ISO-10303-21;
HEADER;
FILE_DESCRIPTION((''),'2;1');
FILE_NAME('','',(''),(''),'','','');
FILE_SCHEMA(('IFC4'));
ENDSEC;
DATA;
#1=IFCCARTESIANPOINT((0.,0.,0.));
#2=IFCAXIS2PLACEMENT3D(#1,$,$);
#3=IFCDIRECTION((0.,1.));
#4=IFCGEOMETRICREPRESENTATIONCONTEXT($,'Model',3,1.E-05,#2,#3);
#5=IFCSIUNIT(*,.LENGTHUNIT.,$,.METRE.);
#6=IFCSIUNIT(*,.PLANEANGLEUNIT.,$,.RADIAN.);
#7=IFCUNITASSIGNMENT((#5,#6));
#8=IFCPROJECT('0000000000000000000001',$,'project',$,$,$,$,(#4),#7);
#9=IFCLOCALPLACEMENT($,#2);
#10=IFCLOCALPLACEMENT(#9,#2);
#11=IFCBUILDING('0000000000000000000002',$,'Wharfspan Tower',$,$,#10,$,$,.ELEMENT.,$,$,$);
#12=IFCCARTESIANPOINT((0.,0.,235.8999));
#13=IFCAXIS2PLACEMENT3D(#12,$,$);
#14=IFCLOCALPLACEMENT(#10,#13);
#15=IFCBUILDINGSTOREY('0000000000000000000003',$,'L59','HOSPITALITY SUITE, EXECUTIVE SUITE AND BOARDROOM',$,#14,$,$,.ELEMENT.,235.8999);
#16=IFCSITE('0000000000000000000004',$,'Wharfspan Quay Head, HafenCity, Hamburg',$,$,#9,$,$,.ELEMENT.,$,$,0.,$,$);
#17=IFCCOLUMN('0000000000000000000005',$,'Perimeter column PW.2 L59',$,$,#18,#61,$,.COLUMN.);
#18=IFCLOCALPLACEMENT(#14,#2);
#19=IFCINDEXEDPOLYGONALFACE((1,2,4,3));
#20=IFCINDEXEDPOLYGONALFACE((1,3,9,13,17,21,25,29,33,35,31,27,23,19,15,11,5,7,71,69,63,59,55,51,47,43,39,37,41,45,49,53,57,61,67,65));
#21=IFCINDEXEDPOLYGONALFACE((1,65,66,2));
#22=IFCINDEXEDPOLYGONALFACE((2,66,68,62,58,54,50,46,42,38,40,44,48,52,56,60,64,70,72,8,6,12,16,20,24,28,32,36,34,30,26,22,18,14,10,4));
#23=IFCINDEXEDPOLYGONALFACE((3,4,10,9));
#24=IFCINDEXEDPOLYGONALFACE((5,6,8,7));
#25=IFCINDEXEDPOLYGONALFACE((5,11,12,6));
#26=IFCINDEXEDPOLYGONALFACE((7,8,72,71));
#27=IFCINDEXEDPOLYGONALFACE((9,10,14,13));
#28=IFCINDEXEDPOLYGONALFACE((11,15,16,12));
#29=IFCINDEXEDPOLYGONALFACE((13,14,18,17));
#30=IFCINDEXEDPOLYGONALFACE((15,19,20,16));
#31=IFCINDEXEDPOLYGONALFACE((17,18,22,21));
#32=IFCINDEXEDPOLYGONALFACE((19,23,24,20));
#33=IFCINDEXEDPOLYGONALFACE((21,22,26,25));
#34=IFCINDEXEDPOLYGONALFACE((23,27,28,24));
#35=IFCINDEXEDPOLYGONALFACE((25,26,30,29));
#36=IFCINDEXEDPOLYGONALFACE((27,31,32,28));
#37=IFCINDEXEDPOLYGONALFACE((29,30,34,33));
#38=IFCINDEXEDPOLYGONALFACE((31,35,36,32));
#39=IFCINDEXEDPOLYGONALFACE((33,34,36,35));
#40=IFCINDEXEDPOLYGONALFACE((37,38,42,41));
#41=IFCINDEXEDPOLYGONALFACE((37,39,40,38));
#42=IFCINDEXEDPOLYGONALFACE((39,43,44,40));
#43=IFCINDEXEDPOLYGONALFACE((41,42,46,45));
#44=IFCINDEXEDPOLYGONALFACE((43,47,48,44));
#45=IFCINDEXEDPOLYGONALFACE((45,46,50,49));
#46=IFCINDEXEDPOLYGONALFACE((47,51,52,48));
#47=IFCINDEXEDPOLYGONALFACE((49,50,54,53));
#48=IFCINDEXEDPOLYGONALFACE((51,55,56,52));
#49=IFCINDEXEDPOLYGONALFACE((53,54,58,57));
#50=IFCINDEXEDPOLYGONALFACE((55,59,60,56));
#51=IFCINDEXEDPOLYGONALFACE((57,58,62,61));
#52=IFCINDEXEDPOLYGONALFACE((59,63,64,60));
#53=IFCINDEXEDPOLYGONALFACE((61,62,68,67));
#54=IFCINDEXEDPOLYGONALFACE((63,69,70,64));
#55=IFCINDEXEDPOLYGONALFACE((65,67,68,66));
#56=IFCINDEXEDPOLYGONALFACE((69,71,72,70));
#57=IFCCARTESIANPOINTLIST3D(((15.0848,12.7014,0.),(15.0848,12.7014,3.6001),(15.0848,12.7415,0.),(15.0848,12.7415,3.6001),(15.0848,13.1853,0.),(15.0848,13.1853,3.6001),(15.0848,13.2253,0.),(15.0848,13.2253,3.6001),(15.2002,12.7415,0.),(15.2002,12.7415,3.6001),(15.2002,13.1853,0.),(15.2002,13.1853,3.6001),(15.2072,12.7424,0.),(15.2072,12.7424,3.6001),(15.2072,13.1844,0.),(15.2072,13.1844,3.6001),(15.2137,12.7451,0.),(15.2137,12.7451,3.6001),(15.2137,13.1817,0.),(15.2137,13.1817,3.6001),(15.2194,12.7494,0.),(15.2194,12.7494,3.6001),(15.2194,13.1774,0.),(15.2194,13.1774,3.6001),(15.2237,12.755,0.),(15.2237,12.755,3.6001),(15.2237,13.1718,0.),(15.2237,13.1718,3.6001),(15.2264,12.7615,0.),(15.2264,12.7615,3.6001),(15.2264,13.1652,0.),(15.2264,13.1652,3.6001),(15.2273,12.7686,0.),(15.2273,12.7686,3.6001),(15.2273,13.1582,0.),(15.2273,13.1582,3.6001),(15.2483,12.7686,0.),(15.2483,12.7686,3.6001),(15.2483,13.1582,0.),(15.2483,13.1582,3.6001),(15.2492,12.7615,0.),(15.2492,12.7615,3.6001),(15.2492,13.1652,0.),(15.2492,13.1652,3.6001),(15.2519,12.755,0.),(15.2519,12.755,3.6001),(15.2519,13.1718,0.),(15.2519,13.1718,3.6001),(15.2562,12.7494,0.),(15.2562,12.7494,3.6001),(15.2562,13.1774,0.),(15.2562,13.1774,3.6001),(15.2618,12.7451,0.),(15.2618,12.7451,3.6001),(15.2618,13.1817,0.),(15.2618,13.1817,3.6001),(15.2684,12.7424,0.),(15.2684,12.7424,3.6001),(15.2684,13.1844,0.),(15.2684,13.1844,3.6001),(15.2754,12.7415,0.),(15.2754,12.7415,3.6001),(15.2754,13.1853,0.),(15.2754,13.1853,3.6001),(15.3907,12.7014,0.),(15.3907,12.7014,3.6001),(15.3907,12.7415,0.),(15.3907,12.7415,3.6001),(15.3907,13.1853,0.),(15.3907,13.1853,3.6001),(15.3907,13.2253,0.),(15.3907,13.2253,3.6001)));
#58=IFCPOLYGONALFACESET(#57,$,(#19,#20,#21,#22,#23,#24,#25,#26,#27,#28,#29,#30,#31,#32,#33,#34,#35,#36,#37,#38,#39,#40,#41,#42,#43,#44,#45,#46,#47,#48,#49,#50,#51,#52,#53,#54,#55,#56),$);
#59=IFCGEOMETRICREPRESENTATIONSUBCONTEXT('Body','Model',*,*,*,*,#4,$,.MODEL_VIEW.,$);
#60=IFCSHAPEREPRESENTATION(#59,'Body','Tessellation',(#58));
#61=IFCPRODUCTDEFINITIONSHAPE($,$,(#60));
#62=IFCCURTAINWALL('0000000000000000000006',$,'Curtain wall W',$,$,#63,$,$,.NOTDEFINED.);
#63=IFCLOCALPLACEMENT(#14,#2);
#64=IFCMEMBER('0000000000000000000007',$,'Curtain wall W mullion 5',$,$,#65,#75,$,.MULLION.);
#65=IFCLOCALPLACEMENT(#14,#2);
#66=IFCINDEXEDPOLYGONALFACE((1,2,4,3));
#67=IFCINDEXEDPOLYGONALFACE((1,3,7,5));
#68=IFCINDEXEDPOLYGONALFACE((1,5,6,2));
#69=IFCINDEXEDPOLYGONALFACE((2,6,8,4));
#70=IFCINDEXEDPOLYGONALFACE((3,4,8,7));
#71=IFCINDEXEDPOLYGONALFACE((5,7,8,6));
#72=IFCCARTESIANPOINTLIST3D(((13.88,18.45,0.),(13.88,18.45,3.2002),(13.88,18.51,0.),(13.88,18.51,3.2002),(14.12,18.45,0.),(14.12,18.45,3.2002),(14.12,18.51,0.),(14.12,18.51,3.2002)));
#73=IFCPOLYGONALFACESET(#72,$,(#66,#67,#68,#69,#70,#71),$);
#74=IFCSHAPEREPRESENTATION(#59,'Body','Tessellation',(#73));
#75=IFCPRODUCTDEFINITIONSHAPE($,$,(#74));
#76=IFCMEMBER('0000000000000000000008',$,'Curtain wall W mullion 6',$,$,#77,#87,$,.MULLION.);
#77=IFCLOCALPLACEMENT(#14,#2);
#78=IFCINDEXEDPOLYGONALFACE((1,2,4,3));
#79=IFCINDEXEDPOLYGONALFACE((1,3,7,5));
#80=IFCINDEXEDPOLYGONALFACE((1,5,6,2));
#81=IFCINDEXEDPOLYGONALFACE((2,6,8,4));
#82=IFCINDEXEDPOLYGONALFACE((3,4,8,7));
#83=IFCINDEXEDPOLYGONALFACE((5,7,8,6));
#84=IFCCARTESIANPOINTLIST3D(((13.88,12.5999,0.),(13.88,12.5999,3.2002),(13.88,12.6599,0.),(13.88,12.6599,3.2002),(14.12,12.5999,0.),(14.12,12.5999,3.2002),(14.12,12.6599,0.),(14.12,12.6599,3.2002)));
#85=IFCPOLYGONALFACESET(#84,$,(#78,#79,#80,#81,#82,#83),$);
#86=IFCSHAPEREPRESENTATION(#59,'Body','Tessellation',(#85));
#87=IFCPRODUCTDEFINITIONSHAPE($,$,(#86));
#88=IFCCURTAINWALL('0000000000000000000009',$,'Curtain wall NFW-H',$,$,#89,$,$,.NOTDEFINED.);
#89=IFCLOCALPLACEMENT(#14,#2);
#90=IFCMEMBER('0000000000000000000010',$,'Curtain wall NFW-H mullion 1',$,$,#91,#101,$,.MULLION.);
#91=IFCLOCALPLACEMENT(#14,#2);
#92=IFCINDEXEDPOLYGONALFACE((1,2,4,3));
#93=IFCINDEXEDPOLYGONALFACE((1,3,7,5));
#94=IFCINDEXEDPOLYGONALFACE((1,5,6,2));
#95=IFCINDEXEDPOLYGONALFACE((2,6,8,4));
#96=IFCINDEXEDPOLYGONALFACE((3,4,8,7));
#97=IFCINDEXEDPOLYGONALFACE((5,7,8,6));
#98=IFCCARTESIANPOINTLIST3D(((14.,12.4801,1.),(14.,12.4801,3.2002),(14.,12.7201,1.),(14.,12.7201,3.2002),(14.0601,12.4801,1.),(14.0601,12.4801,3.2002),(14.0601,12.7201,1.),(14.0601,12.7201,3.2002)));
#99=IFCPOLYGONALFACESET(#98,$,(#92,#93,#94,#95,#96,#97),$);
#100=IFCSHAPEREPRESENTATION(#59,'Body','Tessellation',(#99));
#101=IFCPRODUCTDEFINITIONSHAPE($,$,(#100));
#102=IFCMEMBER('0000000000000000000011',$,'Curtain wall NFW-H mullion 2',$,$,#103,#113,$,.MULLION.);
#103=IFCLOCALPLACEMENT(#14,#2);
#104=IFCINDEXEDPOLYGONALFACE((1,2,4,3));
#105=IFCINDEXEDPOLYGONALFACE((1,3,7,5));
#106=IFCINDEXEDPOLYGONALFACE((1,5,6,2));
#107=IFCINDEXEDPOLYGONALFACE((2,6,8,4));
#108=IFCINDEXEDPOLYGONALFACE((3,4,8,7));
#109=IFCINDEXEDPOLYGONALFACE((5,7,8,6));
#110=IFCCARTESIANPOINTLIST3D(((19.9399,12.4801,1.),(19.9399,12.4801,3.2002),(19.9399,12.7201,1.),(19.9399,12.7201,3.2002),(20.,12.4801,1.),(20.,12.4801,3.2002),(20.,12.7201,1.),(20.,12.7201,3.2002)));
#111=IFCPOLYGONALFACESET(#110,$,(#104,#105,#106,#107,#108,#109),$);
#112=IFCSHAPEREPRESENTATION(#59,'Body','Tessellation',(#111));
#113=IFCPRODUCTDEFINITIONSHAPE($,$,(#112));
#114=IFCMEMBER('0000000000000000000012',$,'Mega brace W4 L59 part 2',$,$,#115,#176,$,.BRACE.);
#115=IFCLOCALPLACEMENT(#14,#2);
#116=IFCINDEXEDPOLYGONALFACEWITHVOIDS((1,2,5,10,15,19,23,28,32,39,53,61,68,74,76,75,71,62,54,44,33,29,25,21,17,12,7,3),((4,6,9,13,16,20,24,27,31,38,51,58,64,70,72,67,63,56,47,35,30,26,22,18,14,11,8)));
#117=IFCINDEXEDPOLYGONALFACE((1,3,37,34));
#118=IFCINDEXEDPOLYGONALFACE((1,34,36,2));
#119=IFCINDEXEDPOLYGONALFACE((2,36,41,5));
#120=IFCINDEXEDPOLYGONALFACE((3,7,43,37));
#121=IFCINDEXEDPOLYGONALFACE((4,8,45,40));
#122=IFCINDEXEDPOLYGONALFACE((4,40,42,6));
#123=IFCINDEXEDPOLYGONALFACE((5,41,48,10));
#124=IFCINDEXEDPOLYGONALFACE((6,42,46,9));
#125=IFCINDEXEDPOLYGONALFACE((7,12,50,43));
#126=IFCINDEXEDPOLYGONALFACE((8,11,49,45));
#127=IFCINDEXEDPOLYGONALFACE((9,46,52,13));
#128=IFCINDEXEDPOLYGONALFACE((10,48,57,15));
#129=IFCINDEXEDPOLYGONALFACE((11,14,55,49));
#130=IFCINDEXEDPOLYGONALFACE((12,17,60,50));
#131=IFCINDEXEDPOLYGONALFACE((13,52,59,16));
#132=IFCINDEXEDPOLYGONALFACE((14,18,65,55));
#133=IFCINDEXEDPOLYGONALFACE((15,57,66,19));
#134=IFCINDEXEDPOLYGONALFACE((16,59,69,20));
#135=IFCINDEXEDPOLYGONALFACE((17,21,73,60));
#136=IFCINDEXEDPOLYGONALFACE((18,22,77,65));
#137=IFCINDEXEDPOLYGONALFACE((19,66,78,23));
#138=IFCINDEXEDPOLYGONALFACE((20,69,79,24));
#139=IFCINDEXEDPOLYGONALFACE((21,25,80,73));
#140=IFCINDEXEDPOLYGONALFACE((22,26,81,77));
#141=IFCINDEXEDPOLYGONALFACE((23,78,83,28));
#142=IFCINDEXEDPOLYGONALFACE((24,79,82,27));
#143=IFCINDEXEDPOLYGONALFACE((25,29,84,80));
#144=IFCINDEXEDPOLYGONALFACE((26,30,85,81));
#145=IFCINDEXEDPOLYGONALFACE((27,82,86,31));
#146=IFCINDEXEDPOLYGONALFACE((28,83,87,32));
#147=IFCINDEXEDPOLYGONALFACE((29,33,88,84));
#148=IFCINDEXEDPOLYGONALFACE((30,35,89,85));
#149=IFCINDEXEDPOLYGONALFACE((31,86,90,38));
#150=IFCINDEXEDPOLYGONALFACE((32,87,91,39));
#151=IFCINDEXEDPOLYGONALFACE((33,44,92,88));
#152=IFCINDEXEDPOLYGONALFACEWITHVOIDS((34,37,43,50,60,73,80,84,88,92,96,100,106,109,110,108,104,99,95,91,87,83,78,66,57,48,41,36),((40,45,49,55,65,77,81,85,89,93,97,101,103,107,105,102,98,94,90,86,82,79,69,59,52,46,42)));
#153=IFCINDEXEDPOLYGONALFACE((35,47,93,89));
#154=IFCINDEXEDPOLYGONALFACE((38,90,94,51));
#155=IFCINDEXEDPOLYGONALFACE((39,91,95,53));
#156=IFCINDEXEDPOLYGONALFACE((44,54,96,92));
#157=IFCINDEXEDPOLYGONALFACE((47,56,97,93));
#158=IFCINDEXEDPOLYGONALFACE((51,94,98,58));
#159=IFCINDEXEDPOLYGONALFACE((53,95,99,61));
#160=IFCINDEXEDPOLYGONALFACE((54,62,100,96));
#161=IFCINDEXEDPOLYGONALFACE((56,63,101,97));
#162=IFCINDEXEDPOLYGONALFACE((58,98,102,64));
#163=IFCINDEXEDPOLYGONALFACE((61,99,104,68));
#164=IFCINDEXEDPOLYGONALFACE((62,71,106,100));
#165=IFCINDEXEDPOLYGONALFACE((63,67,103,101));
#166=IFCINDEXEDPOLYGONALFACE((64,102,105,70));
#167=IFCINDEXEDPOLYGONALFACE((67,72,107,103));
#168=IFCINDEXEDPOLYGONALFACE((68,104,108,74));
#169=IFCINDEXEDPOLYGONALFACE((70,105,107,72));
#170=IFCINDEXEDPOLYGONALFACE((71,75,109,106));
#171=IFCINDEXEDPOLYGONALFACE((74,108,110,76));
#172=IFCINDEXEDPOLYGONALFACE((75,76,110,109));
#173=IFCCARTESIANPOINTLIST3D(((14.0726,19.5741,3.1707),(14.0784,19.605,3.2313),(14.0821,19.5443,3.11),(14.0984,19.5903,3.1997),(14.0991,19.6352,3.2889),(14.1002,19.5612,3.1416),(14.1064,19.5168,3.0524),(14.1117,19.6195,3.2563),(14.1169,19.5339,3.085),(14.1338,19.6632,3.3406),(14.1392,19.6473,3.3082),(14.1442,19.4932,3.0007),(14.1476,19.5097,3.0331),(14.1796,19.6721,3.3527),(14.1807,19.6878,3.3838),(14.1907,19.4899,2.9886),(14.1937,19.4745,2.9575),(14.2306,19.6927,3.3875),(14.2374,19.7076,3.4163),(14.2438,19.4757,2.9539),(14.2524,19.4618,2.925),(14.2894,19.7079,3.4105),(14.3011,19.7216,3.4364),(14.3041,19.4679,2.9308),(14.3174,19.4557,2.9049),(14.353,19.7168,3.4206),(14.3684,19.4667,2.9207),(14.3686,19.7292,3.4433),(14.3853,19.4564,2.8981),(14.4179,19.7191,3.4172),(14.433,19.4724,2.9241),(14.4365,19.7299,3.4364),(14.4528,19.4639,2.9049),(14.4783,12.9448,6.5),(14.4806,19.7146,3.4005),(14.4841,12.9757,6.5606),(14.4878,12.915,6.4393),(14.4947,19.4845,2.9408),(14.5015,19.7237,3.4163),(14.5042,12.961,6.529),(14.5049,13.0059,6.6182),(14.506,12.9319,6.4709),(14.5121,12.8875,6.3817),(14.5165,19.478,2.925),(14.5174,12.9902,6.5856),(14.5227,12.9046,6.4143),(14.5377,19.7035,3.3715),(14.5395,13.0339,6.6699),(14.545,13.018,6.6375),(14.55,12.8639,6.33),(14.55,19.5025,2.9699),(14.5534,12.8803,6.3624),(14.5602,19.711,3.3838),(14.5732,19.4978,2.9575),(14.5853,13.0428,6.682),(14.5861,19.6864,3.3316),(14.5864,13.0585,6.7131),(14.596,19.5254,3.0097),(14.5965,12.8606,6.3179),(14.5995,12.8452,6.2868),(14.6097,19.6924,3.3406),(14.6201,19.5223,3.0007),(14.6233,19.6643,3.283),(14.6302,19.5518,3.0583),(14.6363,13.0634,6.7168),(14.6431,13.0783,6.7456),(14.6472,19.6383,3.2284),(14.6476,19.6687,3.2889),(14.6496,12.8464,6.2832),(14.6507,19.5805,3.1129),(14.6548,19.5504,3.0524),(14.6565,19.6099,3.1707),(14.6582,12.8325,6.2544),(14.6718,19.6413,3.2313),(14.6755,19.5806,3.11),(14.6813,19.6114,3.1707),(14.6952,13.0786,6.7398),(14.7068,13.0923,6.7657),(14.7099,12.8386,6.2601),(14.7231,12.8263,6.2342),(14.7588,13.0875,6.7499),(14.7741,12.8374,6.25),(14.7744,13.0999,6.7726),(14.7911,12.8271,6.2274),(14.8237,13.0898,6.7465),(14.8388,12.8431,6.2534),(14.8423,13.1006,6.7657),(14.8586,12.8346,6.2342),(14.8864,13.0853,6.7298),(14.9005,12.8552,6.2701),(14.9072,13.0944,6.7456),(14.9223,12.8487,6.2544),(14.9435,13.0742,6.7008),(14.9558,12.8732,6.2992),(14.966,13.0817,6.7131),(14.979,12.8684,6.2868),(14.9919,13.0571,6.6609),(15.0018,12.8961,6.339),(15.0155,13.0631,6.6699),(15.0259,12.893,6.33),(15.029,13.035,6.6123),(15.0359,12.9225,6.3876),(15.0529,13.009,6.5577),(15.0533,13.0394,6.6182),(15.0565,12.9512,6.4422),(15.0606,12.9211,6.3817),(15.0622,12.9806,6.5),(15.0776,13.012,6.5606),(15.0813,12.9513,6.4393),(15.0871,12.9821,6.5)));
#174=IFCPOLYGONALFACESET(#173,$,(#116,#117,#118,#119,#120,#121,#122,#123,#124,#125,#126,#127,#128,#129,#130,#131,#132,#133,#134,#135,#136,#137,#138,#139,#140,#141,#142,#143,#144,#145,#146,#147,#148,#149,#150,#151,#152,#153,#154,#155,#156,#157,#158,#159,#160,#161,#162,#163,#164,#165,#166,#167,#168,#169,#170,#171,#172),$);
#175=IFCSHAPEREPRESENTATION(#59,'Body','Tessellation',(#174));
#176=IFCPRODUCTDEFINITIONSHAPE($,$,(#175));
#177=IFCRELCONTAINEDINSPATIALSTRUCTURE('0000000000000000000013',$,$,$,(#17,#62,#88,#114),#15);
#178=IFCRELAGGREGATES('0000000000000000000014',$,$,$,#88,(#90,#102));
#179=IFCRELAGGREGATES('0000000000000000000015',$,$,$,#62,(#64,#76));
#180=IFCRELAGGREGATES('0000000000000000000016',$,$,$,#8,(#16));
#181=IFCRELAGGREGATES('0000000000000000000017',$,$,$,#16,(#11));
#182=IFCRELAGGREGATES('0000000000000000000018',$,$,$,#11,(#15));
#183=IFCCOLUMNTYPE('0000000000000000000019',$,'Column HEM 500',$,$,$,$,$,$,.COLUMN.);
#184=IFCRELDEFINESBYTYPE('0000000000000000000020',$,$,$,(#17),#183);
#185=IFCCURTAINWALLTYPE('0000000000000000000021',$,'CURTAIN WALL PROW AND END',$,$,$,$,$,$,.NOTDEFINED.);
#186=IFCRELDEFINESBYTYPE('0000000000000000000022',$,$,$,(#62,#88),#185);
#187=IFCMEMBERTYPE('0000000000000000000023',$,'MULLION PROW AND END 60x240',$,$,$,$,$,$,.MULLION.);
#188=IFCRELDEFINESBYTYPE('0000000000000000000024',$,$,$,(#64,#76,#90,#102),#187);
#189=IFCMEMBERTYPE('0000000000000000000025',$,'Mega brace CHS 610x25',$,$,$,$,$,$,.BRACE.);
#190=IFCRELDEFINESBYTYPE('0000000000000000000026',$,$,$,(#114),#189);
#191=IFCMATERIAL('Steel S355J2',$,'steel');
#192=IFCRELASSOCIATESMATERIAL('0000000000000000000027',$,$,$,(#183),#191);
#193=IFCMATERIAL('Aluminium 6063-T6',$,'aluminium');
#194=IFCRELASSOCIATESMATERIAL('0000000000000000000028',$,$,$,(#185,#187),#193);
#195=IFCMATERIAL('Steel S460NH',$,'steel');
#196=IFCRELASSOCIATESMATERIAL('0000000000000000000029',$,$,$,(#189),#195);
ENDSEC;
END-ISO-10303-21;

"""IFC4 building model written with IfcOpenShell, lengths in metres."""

from ifc_helpers import new_model, si_unit, direction, frame, origin, origin_2d, place, context, subcontext, project, spatial, rectangle, hollow_circle, i_section, extrude, material, material_profile, profile_set, type_object, element, aggregate, save


model = new_model("IFC4")

# Units and contexts
model_context = context("Model", 3, precision=1e-05, world=origin(), true_north=direction((0.0, 1.0)))
body_context = subcontext(model_context, "Body", "Model", "MODEL_VIEW")
ifc_project = project(units=[si_unit("LENGTHUNIT", "METRE"), si_unit("PLANEANGLEUNIT", "RADIAN")], contexts=[model_context])

# Site, building, storey
site_placement = place(None, origin())
site = spatial("IfcSite", under=ifc_project, at=site_placement, Name="Wharfspan Quay Head, HafenCity, Hamburg", CompositionType="ELEMENT", RefElevation=0.0)
building_placement = place(site_placement, origin())
building = spatial("IfcBuilding", under=site, at=building_placement, Name="Wharfspan Tower", CompositionType="ELEMENT")
storey_placement = place(building_placement, frame((0.0, 0.0, 235.8999)))
storey = spatial("IfcBuildingStorey", under=building, at=storey_placement, Name="L59", Description="HOSPITALITY SUITE, EXECUTIVE SUITE AND BOARDROOM", CompositionType="ELEMENT", Elevation=235.8999)

# Column
ifc_material_1 = material(Name="Steel S355J2", Category="steel")
ifc_material_profile_1 = material_profile(ifc_material_1, i_section(OverallWidth=0.3059, OverallDepth=0.5239, WebThickness=0.021, FlangeThickness=0.04, FilletRadius=0.0271, at=origin_2d()))
ifc_profile_set_1 = profile_set([ifc_material_profile_1], Name="Steel S355J2")
column_type = type_object("IfcColumnType", Name="Column HEM 500", PredefinedType="COLUMN", material=ifc_profile_set_1)
column_placement = place(storey_placement, frame((15.2378, 12.9634, 0.0), z_axis=(0.0, 0.0, 1.0), x_axis=(-1.0, 0.0, 0.0)))
element("IfcColumn", 1, at=column_placement, inside=storey, type_object=column_type, Name="Perimeter column PW.2 L59", PredefinedType="COLUMN", context=body_context, shape_type="SweptSolid", body=[
    extrude(i_section(OverallWidth=0.3059, OverallDepth=0.5239, WebThickness=0.021, FlangeThickness=0.04, FilletRadius=0.0271, at=origin_2d()), origin(), (0.0, 0.0, 1.0), 3.6001),
])

# Curtain walls, members
ifc_material_2 = material(Name="Aluminium 6063-T6", Category="aluminium")
curtain_wall_type = type_object("IfcCurtainWallType", Name="CURTAIN WALL PROW AND END", PredefinedType="NOTDEFINED", material=ifc_material_2)
curtain_wall_1_placement = place(storey_placement, origin())
curtain_wall_1 = element("IfcCurtainWall", 2, at=curtain_wall_1_placement, inside=storey, type_object=curtain_wall_type, Name="Curtain wall W", PredefinedType="NOTDEFINED")
ifc_material_profile_2 = material_profile(ifc_material_2, rectangle(XDim=0.24, YDim=0.0601, at=origin_2d()))
ifc_profile_set_2 = profile_set([ifc_material_profile_2], Name="Aluminium 6063-T6")
member_type_1 = type_object("IfcMemberType", Name="MULLION PROW AND END 60x240", PredefinedType="MULLION", material=ifc_profile_set_2)
member_1_placement = place(storey_placement, frame((14.0, 18.48, 0.0), z_axis=(0.0, 0.0, 1.0), x_axis=(1.0, 0.0, 0.0)))
member_1 = element("IfcMember", 3, at=member_1_placement, type_object=member_type_1, Name="Curtain wall W mullion 5", PredefinedType="MULLION", context=body_context, shape_type="SweptSolid", body=[
    extrude(rectangle(XDim=0.24, YDim=0.0601, at=origin_2d()), origin(), (0.0, 0.0, 1.0), 3.2002),
])
member_2_placement = place(storey_placement, frame((14.0, 12.6299, 0.0), z_axis=(0.0, 0.0, 1.0), x_axis=(1.0, 0.0, 0.0)))
member_2 = element("IfcMember", 4, at=member_2_placement, type_object=member_type_1, Name="Curtain wall W mullion 6", PredefinedType="MULLION", context=body_context, shape_type="SweptSolid", body=[
    extrude(rectangle(XDim=0.24, YDim=0.0601, at=origin_2d()), origin(), (0.0, 0.0, 1.0), 3.2002),
])
curtain_wall_2_placement = place(storey_placement, origin())
curtain_wall_2 = element("IfcCurtainWall", 5, at=curtain_wall_2_placement, inside=storey, type_object=curtain_wall_type, Name="Curtain wall NFW-H", PredefinedType="NOTDEFINED")
member_3_placement = place(storey_placement, frame((14.03, 12.6001, 1.0), z_axis=(0.0, 0.0, 1.0), x_axis=(0.0, 1.0, 0.0)))
member_3 = element("IfcMember", 6, at=member_3_placement, type_object=member_type_1, Name="Curtain wall NFW-H mullion 1", PredefinedType="MULLION", context=body_context, shape_type="SweptSolid", body=[
    extrude(rectangle(XDim=0.24, YDim=0.0601, at=origin_2d()), origin(), (0.0, 0.0, 1.0), 2.2002),
])
member_4_placement = place(storey_placement, frame((19.97, 12.6001, 1.0), z_axis=(0.0, 0.0, 1.0), x_axis=(0.0, 1.0, 0.0)))
member_4 = element("IfcMember", 7, at=member_4_placement, type_object=member_type_1, Name="Curtain wall NFW-H mullion 2", PredefinedType="MULLION", context=body_context, shape_type="SweptSolid", body=[
    extrude(rectangle(XDim=0.24, YDim=0.0601, at=origin_2d()), origin(), (0.0, 0.0, 1.0), 2.2002),
])

# Member
ifc_material_3 = material(Name="Steel S460NH", Category="steel")
ifc_material_profile_3 = material_profile(ifc_material_3, hollow_circle(Radius=0.3049, WallThickness=0.0249, at=origin_2d()))
ifc_profile_set_3 = profile_set([ifc_material_profile_3], Name="Steel S460NH")
member_type_2 = type_object("IfcMemberType", Name="Mega brace CHS 610x25", PredefinedType="BRACE", material=ifc_profile_set_3)
for number, where, z_axis, x_axis, name in (
    (8, (14.377, 19.5928, 3.1707), (0.054615, -0.892302, 0.448123), (0.998132, 0.061091, -0.000003), "Mega brace W4 L59 part 2"),
):
    element("IfcMember", number, at=place(storey_placement, frame(where, z_axis=z_axis, x_axis=x_axis)), inside=storey, type_object=member_type_2, Name=name, PredefinedType="BRACE", context=body_context, shape_type="SweptSolid", body=[
        extrude(hollow_circle(Radius=0.3049, WallThickness=0.0249, at=origin_2d()), origin(), (0.0, 0.0, 1.0), 7.4294),
    ])

aggregate(curtain_wall_2, [member_3, member_4])
aggregate(curtain_wall_1, [member_1, member_2])

save(model, "model.ifc")
